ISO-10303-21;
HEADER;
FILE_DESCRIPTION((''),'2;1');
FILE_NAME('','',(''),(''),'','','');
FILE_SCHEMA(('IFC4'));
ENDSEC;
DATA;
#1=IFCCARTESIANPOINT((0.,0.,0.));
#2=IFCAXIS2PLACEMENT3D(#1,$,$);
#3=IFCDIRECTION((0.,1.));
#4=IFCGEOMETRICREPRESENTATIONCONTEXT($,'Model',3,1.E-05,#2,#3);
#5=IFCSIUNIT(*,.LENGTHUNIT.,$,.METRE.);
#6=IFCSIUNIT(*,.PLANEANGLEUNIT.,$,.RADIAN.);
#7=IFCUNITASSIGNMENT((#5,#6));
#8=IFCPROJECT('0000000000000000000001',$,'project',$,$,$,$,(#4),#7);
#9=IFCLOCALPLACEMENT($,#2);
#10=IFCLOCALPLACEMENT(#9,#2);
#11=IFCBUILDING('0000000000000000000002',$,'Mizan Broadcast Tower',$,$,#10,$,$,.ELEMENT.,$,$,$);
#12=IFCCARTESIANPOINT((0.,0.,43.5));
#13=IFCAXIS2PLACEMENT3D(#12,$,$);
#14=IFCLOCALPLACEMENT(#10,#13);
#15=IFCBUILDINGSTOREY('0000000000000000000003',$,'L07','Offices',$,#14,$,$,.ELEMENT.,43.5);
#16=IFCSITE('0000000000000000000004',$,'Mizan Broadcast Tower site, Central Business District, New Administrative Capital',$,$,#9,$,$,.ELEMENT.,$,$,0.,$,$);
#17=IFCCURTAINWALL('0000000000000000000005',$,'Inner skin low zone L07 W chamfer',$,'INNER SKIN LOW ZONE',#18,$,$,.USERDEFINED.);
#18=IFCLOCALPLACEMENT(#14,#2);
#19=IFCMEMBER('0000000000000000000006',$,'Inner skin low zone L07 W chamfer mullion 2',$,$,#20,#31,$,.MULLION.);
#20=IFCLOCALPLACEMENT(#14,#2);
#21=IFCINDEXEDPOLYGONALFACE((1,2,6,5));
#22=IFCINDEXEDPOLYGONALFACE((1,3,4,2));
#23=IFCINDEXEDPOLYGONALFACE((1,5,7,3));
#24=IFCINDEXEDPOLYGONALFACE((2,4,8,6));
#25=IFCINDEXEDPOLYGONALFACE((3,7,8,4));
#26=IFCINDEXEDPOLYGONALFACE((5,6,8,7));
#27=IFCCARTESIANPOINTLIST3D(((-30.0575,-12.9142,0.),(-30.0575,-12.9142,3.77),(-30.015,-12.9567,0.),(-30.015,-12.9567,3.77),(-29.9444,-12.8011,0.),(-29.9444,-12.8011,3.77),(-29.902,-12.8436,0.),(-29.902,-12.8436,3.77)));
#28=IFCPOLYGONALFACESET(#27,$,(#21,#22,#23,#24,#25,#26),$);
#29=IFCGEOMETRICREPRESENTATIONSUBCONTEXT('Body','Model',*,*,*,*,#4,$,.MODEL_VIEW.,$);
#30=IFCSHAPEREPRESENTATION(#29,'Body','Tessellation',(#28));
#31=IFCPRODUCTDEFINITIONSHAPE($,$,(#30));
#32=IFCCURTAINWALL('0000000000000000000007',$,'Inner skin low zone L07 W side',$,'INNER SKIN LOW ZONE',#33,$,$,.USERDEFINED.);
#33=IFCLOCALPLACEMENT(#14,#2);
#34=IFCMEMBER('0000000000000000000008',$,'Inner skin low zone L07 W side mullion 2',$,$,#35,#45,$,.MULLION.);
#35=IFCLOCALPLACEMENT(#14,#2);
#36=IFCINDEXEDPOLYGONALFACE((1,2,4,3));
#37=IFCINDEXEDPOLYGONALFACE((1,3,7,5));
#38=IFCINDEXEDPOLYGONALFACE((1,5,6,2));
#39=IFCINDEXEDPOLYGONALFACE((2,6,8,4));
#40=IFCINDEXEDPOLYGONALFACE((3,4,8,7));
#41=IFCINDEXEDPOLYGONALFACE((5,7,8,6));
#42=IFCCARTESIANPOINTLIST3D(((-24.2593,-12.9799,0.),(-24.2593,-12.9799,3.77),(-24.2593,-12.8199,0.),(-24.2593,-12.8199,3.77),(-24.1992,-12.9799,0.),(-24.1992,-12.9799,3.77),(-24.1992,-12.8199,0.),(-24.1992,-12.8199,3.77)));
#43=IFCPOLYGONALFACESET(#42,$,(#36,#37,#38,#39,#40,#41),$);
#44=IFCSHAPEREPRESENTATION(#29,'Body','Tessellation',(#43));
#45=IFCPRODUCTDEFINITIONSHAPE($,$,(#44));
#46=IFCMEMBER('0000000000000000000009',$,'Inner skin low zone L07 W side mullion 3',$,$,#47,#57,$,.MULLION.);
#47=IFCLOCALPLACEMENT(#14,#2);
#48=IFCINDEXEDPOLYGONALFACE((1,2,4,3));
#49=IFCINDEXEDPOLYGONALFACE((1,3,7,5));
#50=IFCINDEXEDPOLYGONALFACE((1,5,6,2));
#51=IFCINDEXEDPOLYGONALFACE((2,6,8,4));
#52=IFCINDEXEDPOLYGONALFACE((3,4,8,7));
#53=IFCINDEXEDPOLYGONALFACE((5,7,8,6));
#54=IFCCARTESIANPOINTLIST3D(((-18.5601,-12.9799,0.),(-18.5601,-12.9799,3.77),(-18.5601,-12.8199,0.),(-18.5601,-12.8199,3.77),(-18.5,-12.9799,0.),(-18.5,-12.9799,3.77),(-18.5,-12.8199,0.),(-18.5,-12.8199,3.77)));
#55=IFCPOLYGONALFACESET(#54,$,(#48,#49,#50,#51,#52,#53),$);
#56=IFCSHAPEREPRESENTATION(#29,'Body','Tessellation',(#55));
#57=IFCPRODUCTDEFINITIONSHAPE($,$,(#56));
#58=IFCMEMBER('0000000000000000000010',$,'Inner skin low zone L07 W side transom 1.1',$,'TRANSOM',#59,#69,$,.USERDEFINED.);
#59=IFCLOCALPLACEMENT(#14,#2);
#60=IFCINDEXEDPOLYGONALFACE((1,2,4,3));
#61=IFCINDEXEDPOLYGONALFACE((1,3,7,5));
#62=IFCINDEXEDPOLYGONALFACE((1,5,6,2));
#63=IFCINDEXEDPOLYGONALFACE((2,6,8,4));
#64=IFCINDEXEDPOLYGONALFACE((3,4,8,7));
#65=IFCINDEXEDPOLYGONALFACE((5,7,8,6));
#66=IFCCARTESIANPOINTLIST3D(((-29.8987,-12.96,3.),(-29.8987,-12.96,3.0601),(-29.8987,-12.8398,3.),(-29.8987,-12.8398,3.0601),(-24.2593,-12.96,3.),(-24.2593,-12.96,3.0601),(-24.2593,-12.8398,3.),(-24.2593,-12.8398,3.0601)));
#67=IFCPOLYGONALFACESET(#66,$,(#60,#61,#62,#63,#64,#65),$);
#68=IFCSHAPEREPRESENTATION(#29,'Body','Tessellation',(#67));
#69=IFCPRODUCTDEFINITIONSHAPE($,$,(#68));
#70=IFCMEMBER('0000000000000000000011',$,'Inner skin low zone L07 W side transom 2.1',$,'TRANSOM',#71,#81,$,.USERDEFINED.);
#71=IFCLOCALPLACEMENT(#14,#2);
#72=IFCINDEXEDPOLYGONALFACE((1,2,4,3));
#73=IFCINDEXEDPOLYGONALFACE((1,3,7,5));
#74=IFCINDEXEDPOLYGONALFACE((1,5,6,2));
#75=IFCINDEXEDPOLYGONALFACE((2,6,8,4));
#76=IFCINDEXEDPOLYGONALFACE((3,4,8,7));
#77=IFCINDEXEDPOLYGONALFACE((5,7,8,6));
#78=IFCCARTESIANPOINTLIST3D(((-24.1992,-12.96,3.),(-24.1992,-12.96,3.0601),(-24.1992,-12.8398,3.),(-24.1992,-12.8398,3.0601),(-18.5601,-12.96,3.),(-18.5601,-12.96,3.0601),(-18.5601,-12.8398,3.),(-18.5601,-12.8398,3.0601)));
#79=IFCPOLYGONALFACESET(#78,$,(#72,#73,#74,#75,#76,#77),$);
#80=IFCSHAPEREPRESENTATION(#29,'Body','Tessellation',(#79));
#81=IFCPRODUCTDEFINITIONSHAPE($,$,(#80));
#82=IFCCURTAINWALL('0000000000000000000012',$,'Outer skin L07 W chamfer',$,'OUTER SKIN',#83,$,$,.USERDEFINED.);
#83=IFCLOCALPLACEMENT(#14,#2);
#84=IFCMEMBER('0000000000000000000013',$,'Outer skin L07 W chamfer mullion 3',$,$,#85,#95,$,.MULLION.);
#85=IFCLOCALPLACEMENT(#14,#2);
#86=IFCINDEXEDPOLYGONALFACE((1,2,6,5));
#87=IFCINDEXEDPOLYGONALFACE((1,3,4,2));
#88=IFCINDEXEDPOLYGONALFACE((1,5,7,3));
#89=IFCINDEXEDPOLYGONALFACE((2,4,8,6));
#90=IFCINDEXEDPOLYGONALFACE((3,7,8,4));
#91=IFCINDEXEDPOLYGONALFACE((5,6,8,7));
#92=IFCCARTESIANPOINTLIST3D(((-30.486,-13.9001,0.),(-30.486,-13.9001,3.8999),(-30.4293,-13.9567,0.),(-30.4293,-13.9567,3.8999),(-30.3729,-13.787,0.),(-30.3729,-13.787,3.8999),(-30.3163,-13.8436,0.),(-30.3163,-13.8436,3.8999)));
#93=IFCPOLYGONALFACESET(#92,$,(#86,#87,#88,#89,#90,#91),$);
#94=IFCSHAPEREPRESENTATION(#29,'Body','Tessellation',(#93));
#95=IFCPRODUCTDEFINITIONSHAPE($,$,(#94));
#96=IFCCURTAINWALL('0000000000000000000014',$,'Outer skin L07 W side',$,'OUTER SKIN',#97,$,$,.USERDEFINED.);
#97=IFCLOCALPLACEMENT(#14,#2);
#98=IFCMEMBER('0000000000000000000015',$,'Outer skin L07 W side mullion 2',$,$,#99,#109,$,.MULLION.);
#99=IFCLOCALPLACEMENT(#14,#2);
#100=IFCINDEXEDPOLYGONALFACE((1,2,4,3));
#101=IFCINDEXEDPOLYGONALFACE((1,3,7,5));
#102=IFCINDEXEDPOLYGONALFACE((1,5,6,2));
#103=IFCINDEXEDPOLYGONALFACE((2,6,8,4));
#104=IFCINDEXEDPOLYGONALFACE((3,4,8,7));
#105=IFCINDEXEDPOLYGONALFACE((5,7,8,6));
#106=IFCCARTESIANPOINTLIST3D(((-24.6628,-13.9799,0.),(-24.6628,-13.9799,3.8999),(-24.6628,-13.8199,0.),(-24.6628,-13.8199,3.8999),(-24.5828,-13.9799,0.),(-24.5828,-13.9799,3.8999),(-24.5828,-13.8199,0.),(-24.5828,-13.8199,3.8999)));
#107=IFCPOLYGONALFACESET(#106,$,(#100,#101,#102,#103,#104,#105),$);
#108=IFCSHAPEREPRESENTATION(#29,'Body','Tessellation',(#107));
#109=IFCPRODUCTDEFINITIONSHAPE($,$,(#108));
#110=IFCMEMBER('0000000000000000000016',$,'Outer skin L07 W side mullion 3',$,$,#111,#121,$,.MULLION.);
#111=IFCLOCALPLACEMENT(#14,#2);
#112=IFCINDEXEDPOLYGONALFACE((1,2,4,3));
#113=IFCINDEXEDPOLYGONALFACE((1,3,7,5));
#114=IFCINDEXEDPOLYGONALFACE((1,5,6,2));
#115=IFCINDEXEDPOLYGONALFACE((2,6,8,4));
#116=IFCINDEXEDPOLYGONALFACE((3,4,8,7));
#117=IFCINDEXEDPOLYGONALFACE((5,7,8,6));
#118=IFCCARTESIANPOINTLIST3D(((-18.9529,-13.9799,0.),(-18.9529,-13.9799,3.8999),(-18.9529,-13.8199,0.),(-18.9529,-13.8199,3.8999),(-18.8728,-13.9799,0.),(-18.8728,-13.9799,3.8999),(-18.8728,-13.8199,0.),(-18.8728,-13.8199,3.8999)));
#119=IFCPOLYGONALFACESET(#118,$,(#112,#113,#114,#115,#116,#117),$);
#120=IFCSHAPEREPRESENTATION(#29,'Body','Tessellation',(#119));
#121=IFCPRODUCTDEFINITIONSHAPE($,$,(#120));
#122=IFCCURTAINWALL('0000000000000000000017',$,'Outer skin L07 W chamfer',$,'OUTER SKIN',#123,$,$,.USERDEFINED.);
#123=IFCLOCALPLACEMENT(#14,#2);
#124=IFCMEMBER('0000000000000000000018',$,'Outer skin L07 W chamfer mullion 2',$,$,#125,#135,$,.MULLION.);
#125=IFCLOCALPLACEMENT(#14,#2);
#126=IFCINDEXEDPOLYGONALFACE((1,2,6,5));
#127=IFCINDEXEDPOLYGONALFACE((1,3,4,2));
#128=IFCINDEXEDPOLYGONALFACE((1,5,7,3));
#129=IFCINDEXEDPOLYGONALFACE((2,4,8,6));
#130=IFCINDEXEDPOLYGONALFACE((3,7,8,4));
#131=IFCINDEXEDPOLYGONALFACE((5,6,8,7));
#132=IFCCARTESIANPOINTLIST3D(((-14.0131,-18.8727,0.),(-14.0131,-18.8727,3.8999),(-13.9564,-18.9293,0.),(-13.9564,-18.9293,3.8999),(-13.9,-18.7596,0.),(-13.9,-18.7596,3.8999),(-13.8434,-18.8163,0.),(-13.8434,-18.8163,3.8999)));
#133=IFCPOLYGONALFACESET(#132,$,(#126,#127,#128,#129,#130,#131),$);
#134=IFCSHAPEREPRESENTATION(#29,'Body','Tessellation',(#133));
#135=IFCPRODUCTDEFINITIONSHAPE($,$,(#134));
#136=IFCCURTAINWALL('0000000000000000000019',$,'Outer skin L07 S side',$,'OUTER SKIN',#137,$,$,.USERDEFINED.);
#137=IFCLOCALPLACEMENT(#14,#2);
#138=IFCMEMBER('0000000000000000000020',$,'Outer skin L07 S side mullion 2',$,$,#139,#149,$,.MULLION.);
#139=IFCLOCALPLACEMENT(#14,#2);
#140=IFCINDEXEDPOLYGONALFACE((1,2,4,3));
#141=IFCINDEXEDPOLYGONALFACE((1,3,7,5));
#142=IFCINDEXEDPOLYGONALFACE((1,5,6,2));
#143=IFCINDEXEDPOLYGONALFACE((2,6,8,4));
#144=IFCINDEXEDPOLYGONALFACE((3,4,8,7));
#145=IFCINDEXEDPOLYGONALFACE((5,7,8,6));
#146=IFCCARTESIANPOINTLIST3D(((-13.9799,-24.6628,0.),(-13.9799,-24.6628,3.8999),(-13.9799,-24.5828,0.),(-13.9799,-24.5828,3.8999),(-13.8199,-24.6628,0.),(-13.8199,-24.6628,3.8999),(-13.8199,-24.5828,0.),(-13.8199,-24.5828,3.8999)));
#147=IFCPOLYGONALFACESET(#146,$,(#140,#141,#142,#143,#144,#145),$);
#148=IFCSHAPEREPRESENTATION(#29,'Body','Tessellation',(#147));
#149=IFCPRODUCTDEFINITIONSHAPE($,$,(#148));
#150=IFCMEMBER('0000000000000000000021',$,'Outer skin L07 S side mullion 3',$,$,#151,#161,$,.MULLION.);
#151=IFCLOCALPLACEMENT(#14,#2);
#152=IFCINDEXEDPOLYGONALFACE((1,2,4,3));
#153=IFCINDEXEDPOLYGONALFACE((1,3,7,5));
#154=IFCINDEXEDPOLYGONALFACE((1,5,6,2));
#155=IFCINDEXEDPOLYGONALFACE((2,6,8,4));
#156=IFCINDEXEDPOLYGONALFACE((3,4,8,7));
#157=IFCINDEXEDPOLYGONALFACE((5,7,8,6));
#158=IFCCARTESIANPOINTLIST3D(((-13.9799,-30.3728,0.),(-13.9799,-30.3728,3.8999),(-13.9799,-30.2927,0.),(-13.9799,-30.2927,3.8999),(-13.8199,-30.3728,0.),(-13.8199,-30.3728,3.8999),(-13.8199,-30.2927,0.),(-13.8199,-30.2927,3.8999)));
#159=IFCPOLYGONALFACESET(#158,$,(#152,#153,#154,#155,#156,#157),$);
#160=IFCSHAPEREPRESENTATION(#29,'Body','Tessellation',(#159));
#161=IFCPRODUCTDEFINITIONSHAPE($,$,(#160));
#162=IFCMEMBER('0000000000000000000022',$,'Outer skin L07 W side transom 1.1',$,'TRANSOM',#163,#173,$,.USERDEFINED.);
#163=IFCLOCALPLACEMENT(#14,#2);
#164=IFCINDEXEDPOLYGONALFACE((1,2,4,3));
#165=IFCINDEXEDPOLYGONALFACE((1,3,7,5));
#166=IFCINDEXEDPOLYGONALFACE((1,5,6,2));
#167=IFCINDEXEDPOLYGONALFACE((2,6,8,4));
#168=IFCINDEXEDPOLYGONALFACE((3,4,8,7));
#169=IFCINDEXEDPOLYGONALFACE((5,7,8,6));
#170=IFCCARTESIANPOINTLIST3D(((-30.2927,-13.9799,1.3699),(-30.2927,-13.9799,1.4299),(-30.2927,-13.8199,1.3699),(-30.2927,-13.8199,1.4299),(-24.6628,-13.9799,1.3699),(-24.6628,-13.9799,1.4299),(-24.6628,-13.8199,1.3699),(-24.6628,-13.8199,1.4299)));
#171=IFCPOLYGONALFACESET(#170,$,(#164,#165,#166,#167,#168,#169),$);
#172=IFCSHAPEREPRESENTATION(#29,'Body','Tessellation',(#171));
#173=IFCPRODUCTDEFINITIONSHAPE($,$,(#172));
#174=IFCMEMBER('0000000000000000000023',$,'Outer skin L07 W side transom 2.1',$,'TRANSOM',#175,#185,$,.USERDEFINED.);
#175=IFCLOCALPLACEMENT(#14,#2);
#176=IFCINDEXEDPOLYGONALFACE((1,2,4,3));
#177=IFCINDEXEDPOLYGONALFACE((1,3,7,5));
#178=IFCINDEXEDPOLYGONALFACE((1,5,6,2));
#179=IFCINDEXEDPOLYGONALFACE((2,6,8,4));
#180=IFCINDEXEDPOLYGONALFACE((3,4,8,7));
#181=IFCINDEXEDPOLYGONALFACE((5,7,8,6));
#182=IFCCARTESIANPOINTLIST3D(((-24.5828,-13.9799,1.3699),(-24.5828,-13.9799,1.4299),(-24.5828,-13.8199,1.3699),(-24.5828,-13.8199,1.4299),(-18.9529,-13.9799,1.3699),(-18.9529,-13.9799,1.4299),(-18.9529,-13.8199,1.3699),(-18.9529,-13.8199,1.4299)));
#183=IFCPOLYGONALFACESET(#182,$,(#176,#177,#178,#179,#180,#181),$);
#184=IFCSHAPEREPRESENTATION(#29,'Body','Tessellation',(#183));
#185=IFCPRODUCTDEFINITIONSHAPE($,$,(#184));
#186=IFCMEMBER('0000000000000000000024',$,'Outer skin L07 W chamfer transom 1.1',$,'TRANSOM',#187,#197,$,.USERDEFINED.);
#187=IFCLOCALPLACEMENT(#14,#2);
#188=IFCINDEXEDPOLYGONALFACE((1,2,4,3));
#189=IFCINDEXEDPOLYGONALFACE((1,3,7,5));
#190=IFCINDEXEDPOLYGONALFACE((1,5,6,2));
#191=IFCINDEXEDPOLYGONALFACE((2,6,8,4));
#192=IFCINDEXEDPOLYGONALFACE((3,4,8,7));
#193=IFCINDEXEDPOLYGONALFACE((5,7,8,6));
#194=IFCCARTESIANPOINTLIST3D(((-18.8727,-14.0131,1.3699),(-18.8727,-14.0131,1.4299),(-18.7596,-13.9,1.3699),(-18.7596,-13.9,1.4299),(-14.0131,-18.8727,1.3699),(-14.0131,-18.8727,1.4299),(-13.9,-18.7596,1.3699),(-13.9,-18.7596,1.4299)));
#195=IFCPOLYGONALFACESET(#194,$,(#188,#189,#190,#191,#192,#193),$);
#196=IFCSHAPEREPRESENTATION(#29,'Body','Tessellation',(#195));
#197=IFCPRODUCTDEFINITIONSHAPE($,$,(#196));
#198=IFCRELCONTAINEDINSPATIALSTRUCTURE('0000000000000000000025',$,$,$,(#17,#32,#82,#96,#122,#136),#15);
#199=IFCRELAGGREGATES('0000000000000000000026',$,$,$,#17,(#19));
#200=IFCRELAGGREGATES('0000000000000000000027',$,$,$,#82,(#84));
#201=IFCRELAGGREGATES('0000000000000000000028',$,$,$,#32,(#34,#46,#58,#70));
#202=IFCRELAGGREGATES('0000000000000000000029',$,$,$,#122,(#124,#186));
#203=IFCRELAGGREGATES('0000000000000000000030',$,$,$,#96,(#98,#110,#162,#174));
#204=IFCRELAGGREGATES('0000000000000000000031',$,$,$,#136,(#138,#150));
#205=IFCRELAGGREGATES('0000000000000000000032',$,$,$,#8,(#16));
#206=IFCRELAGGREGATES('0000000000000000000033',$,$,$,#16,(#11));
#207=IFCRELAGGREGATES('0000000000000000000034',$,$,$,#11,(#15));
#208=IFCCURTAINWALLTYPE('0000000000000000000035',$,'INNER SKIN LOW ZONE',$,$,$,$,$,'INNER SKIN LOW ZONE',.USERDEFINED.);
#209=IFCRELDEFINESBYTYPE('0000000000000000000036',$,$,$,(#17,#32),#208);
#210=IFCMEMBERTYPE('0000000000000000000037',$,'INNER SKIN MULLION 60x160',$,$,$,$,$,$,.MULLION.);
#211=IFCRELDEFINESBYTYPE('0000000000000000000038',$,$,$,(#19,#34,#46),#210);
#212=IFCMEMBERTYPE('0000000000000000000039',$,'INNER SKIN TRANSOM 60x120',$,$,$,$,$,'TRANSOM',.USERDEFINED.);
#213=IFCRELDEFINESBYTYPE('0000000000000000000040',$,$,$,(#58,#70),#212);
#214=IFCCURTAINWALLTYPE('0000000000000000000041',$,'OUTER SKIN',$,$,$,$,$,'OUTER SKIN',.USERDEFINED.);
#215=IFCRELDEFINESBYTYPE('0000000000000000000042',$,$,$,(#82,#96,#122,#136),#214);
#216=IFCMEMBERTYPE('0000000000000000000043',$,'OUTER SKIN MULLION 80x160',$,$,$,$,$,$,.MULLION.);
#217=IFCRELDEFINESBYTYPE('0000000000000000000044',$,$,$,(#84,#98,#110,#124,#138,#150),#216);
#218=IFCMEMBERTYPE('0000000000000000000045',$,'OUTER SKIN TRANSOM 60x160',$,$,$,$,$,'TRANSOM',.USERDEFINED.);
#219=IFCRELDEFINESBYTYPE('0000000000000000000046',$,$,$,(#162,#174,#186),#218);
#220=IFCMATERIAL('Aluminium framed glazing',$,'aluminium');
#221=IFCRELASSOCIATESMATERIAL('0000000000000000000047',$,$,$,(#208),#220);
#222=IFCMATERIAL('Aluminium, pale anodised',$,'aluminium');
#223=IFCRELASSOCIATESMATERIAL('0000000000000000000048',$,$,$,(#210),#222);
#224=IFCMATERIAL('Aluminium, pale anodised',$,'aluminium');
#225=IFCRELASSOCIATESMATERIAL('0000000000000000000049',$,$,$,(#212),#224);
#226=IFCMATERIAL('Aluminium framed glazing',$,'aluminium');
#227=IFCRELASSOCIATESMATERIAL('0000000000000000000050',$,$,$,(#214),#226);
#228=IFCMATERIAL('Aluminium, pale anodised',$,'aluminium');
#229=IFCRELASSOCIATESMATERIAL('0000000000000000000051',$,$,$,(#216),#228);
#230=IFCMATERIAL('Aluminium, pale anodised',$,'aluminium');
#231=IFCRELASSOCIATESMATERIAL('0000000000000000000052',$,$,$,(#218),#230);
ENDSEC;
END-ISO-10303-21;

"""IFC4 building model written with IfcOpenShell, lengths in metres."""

from ifc_helpers import new_model, si_unit, direction, frame, origin, origin_2d, place, context, subcontext, project, spatial, rectangle, extrude, material, material_profile, profile_set, type_object, element, aggregate, save


model = new_model("IFC4")

# Units and contexts
model_context = context("Model", 3, precision=1e-05, world=origin(), true_north=direction((0.0, 1.0)))
body_context = subcontext(model_context, "Body", "Model", "MODEL_VIEW")
ifc_project = project(units=[si_unit("LENGTHUNIT", "METRE"), si_unit("PLANEANGLEUNIT", "RADIAN")], contexts=[model_context])

# Site, building, storey
site_placement = place(None, origin())
site = spatial("IfcSite", under=ifc_project, at=site_placement, Name="Mizan Broadcast Tower site, Central Business District, New Administrative Capital", CompositionType="ELEMENT", RefElevation=0.0)
building_placement = place(site_placement, origin())
building = spatial("IfcBuilding", under=site, at=building_placement, Name="Mizan Broadcast Tower", CompositionType="ELEMENT")
storey_placement = place(building_placement, frame((0.0, 0.0, 43.5)))
storey = spatial("IfcBuildingStorey", under=building, at=storey_placement, Name="L07", Description="Offices", CompositionType="ELEMENT", Elevation=43.5)

# Curtain wall, member
ifc_material_1 = material(Name="Aluminium framed glazing", Category="aluminium")
curtain_wall_type_1 = type_object("IfcCurtainWallType", Name="INNER SKIN LOW ZONE", ElementType="INNER SKIN LOW ZONE", PredefinedType="USERDEFINED", material=ifc_material_1)
curtain_wall_1_placement = place(storey_placement, origin())
curtain_wall_1 = element("IfcCurtainWall", 1, at=curtain_wall_1_placement, inside=storey, type_object=curtain_wall_type_1, Name="Inner skin low zone L07 W chamfer", ObjectType="INNER SKIN LOW ZONE", PredefinedType="USERDEFINED")
ifc_material_2 = material(Name="Aluminium, pale anodised", Category="aluminium")
ifc_material_profile_1 = material_profile(ifc_material_2, rectangle(XDim=0.1599, YDim=0.0601, at=origin_2d()), Name="MULLION 160x60")
ifc_profile_set_1 = profile_set([ifc_material_profile_1], Name="Aluminium, pale anodised")
member_type_1 = type_object("IfcMemberType", Name="INNER SKIN MULLION 60x160", PredefinedType="MULLION", material=ifc_profile_set_1)
member_1_placement = place(storey_placement, frame((-29.9797, -12.8789, 0.0), z_axis=(0.0, 0.0, 1.0), x_axis=(0.707107, 0.707107, 0.0)))
member_1 = element("IfcMember", 2, at=member_1_placement, type_object=member_type_1, Name="Inner skin low zone L07 W chamfer mullion 2", PredefinedType="MULLION", context=body_context, shape_type="SweptSolid", body=[
    extrude(rectangle(XDim=0.1599, YDim=0.0601, at=origin_2d()), origin(), (0.0, 0.0, 1.0), 3.77),
])
aggregate(curtain_wall_1, [member_1])

# Curtain wall, members
curtain_wall_2_placement = place(storey_placement, origin())
curtain_wall_2 = element("IfcCurtainWall", 3, at=curtain_wall_2_placement, inside=storey, type_object=curtain_wall_type_1, Name="Inner skin low zone L07 W side", ObjectType="INNER SKIN LOW ZONE", PredefinedType="USERDEFINED")
member_2_placement = place(storey_placement, frame((-24.2292, -12.8999, 0.0), z_axis=(0.0, 0.0, 1.0), x_axis=(0.0, 1.0, 0.0)))
member_2 = element("IfcMember", 4, at=member_2_placement, type_object=member_type_1, Name="Inner skin low zone L07 W side mullion 2", PredefinedType="MULLION", context=body_context, shape_type="SweptSolid", body=[
    extrude(rectangle(XDim=0.1599, YDim=0.0601, at=origin_2d()), origin(), (0.0, 0.0, 1.0), 3.77),
])
member_3_placement = place(storey_placement, frame((-18.53, -12.8999, 0.0), z_axis=(0.0, 0.0, 1.0), x_axis=(0.0, 1.0, 0.0)))
member_3 = element("IfcMember", 5, at=member_3_placement, type_object=member_type_1, Name="Inner skin low zone L07 W side mullion 3", PredefinedType="MULLION", context=body_context, shape_type="SweptSolid", body=[
    extrude(rectangle(XDim=0.1599, YDim=0.0601, at=origin_2d()), origin(), (0.0, 0.0, 1.0), 3.77),
])
ifc_material_3 = material(Name="Aluminium, pale anodised", Category="aluminium")
ifc_material_profile_2 = material_profile(ifc_material_3, rectangle(XDim=0.1201, YDim=0.0601, at=origin_2d()), Name="TRANSOM 120x60")
ifc_profile_set_2 = profile_set([ifc_material_profile_2], Name="Aluminium, pale anodised")
member_type_2 = type_object("IfcMemberType", Name="INNER SKIN TRANSOM 60x120", ElementType="TRANSOM", PredefinedType="USERDEFINED", material=ifc_profile_set_2)
member_4_placement = place(storey_placement, frame((-29.8987, -12.8999, 3.03), z_axis=(1.0, 0.0, 0.0), x_axis=(0.0, 1.0, 0.0)))
member_4 = element("IfcMember", 6, at=member_4_placement, type_object=member_type_2, Name="Inner skin low zone L07 W side transom 1.1", ObjectType="TRANSOM", PredefinedType="USERDEFINED", context=body_context, shape_type="SweptSolid", body=[
    extrude(rectangle(XDim=0.1201, YDim=0.0601, at=origin_2d()), origin(), (0.0, 0.0, 1.0), 5.6394),
])
member_5_placement = place(storey_placement, frame((-24.1992, -12.8999, 3.03), z_axis=(1.0, 0.0, 0.0), x_axis=(0.0, 1.0, 0.0)))
member_5 = element("IfcMember", 7, at=member_5_placement, type_object=member_type_2, Name="Inner skin low zone L07 W side transom 2.1", ObjectType="TRANSOM", PredefinedType="USERDEFINED", context=body_context, shape_type="SweptSolid", body=[
    extrude(rectangle(XDim=0.1201, YDim=0.0601, at=origin_2d()), origin(), (0.0, 0.0, 1.0), 5.6392),
])

# Curtain wall, member
ifc_material_4 = material(Name="Aluminium framed glazing", Category="aluminium")
curtain_wall_type_2 = type_object("IfcCurtainWallType", Name="OUTER SKIN", ElementType="OUTER SKIN", PredefinedType="USERDEFINED", material=ifc_material_4)
curtain_wall_3_placement = place(storey_placement, origin())
curtain_wall_3 = element("IfcCurtainWall", 8, at=curtain_wall_3_placement, inside=storey, type_object=curtain_wall_type_2, Name="Outer skin L07 W chamfer", ObjectType="OUTER SKIN", PredefinedType="USERDEFINED")
ifc_material_5 = material(Name="Aluminium, pale anodised", Category="aluminium")
ifc_material_profile_3 = material_profile(ifc_material_5, rectangle(XDim=0.1599, YDim=0.0801, at=origin_2d()), Name="MULLION 160x80")
ifc_profile_set_3 = profile_set([ifc_material_profile_3], Name="Aluminium, pale anodised")
member_type_3 = type_object("IfcMemberType", Name="OUTER SKIN MULLION 80x160", PredefinedType="MULLION", material=ifc_profile_set_3)
member_6_placement = place(storey_placement, frame((-30.4011, -13.8718, 0.0), z_axis=(0.0, 0.0, 1.0), x_axis=(0.707107, 0.707107, 0.0)))
member_6 = element("IfcMember", 9, at=member_6_placement, type_object=member_type_3, Name="Outer skin L07 W chamfer mullion 3", PredefinedType="MULLION", context=body_context, shape_type="SweptSolid", body=[
    extrude(rectangle(XDim=0.1599, YDim=0.0801, at=origin_2d()), origin(), (0.0, 0.0, 1.0), 3.8999),
])
aggregate(curtain_wall_3, [member_6])

# Curtain wall, members
curtain_wall_4_placement = place(storey_placement, origin())
curtain_wall_4 = element("IfcCurtainWall", 10, at=curtain_wall_4_placement, inside=storey, type_object=curtain_wall_type_2, Name="Outer skin L07 W side", ObjectType="OUTER SKIN", PredefinedType="USERDEFINED")
member_7_placement = place(storey_placement, frame((-24.6228, -13.8999, 0.0), z_axis=(0.0, 0.0, 1.0), x_axis=(0.0, 1.0, 0.0)))
member_7 = element("IfcMember", 11, at=member_7_placement, type_object=member_type_3, Name="Outer skin L07 W side mullion 2", PredefinedType="MULLION", context=body_context, shape_type="SweptSolid", body=[
    extrude(rectangle(XDim=0.1599, YDim=0.0801, at=origin_2d()), origin(), (0.0, 0.0, 1.0), 3.8999),
])
member_8_placement = place(storey_placement, frame((-18.9128, -13.8999, 0.0), z_axis=(0.0, 0.0, 1.0), x_axis=(0.0, 1.0, 0.0)))
member_8 = element("IfcMember", 12, at=member_8_placement, type_object=member_type_3, Name="Outer skin L07 W side mullion 3", PredefinedType="MULLION", context=body_context, shape_type="SweptSolid", body=[
    extrude(rectangle(XDim=0.1599, YDim=0.0801, at=origin_2d()), origin(), (0.0, 0.0, 1.0), 3.8999),
])

# Curtain wall, member
curtain_wall_5_placement = place(storey_placement, origin())
curtain_wall_5 = element("IfcCurtainWall", 13, at=curtain_wall_5_placement, inside=storey, type_object=curtain_wall_type_2, Name="Outer skin L07 W chamfer", ObjectType="OUTER SKIN", PredefinedType="USERDEFINED")
member_9_placement = place(storey_placement, frame((-13.9282, -18.8445, 0.0), z_axis=(0.0, 0.0, 1.0), x_axis=(0.707107, 0.707107, 0.0)))
member_9 = element("IfcMember", 14, at=member_9_placement, type_object=member_type_3, Name="Outer skin L07 W chamfer mullion 2", PredefinedType="MULLION", context=body_context, shape_type="SweptSolid", body=[
    extrude(rectangle(XDim=0.1599, YDim=0.0801, at=origin_2d()), origin(), (0.0, 0.0, 1.0), 3.8999),
])

# Curtain wall, members
curtain_wall_6_placement = place(storey_placement, origin())
curtain_wall_6 = element("IfcCurtainWall", 15, at=curtain_wall_6_placement, inside=storey, type_object=curtain_wall_type_2, Name="Outer skin L07 S side", ObjectType="OUTER SKIN", PredefinedType="USERDEFINED")
member_10_placement = place(storey_placement, frame((-13.8999, -24.6228, 0.0), z_axis=(0.0, 0.0, 1.0), x_axis=(1.0, 0.0, 0.0)))
member_10 = element("IfcMember", 16, at=member_10_placement, type_object=member_type_3, Name="Outer skin L07 S side mullion 2", PredefinedType="MULLION", context=body_context, shape_type="SweptSolid", body=[
    extrude(rectangle(XDim=0.1599, YDim=0.0801, at=origin_2d()), origin(), (0.0, 0.0, 1.0), 3.8999),
])
member_11_placement = place(storey_placement, frame((-13.8999, -30.3328, 0.0), z_axis=(0.0, 0.0, 1.0), x_axis=(1.0, 0.0, 0.0)))
member_11 = element("IfcMember", 17, at=member_11_placement, type_object=member_type_3, Name="Outer skin L07 S side mullion 3", PredefinedType="MULLION", context=body_context, shape_type="SweptSolid", body=[
    extrude(rectangle(XDim=0.1599, YDim=0.0801, at=origin_2d()), origin(), (0.0, 0.0, 1.0), 3.8999),
])

# Members
ifc_material_6 = material(Name="Aluminium, pale anodised", Category="aluminium")
ifc_material_profile_4 = material_profile(ifc_material_6, rectangle(XDim=0.1599, YDim=0.0601, at=origin_2d()), Name="TRANSOM 160x60")
ifc_profile_set_4 = profile_set([ifc_material_profile_4], Name="Aluminium, pale anodised")
member_type_4 = type_object("IfcMemberType", Name="OUTER SKIN TRANSOM 60x160", ElementType="TRANSOM", PredefinedType="USERDEFINED", material=ifc_profile_set_4)
member_12_placement = place(storey_placement, frame((-30.2927, -13.8999, 1.3999), z_axis=(1.0, 0.0, 0.0), x_axis=(0.0, 1.0, 0.0)))
member_12 = element("IfcMember", 18, at=member_12_placement, type_object=member_type_4, Name="Outer skin L07 W side transom 1.1", ObjectType="TRANSOM", PredefinedType="USERDEFINED", context=body_context, shape_type="SweptSolid", body=[
    extrude(rectangle(XDim=0.1599, YDim=0.0601, at=origin_2d()), origin(), (0.0, 0.0, 1.0), 5.6299),
])
member_13_placement = place(storey_placement, frame((-24.5828, -13.8999, 1.3999), z_axis=(1.0, 0.0, 0.0), x_axis=(0.0, 1.0, 0.0)))
member_13 = element("IfcMember", 19, at=member_13_placement, type_object=member_type_4, Name="Outer skin L07 W side transom 2.1", ObjectType="TRANSOM", PredefinedType="USERDEFINED", context=body_context, shape_type="SweptSolid", body=[
    extrude(rectangle(XDim=0.1599, YDim=0.0601, at=origin_2d()), origin(), (0.0, 0.0, 1.0), 5.6299),
])
member_14_placement = place(storey_placement, frame((-18.8162, -13.9565, 1.3999), z_axis=(0.707107, -0.707107, 0.0), x_axis=(0.707107, 0.707107, 0.0)))
member_14 = element("IfcMember", 20, at=member_14_placement, type_object=member_type_4, Name="Outer skin L07 W chamfer transom 1.1", ObjectType="TRANSOM", PredefinedType="USERDEFINED", context=body_context, shape_type="SweptSolid", body=[
    extrude(rectangle(XDim=0.1599, YDim=0.0601, at=origin_2d()), origin(), (0.0, 0.0, 1.0), 6.8726),
])

aggregate(curtain_wall_2, [member_2, member_3, member_4, member_5])
aggregate(curtain_wall_5, [member_9, member_14])
aggregate(curtain_wall_4, [member_7, member_8, member_12, member_13])
aggregate(curtain_wall_6, [member_10, member_11])

save(model, "model.ifc")
